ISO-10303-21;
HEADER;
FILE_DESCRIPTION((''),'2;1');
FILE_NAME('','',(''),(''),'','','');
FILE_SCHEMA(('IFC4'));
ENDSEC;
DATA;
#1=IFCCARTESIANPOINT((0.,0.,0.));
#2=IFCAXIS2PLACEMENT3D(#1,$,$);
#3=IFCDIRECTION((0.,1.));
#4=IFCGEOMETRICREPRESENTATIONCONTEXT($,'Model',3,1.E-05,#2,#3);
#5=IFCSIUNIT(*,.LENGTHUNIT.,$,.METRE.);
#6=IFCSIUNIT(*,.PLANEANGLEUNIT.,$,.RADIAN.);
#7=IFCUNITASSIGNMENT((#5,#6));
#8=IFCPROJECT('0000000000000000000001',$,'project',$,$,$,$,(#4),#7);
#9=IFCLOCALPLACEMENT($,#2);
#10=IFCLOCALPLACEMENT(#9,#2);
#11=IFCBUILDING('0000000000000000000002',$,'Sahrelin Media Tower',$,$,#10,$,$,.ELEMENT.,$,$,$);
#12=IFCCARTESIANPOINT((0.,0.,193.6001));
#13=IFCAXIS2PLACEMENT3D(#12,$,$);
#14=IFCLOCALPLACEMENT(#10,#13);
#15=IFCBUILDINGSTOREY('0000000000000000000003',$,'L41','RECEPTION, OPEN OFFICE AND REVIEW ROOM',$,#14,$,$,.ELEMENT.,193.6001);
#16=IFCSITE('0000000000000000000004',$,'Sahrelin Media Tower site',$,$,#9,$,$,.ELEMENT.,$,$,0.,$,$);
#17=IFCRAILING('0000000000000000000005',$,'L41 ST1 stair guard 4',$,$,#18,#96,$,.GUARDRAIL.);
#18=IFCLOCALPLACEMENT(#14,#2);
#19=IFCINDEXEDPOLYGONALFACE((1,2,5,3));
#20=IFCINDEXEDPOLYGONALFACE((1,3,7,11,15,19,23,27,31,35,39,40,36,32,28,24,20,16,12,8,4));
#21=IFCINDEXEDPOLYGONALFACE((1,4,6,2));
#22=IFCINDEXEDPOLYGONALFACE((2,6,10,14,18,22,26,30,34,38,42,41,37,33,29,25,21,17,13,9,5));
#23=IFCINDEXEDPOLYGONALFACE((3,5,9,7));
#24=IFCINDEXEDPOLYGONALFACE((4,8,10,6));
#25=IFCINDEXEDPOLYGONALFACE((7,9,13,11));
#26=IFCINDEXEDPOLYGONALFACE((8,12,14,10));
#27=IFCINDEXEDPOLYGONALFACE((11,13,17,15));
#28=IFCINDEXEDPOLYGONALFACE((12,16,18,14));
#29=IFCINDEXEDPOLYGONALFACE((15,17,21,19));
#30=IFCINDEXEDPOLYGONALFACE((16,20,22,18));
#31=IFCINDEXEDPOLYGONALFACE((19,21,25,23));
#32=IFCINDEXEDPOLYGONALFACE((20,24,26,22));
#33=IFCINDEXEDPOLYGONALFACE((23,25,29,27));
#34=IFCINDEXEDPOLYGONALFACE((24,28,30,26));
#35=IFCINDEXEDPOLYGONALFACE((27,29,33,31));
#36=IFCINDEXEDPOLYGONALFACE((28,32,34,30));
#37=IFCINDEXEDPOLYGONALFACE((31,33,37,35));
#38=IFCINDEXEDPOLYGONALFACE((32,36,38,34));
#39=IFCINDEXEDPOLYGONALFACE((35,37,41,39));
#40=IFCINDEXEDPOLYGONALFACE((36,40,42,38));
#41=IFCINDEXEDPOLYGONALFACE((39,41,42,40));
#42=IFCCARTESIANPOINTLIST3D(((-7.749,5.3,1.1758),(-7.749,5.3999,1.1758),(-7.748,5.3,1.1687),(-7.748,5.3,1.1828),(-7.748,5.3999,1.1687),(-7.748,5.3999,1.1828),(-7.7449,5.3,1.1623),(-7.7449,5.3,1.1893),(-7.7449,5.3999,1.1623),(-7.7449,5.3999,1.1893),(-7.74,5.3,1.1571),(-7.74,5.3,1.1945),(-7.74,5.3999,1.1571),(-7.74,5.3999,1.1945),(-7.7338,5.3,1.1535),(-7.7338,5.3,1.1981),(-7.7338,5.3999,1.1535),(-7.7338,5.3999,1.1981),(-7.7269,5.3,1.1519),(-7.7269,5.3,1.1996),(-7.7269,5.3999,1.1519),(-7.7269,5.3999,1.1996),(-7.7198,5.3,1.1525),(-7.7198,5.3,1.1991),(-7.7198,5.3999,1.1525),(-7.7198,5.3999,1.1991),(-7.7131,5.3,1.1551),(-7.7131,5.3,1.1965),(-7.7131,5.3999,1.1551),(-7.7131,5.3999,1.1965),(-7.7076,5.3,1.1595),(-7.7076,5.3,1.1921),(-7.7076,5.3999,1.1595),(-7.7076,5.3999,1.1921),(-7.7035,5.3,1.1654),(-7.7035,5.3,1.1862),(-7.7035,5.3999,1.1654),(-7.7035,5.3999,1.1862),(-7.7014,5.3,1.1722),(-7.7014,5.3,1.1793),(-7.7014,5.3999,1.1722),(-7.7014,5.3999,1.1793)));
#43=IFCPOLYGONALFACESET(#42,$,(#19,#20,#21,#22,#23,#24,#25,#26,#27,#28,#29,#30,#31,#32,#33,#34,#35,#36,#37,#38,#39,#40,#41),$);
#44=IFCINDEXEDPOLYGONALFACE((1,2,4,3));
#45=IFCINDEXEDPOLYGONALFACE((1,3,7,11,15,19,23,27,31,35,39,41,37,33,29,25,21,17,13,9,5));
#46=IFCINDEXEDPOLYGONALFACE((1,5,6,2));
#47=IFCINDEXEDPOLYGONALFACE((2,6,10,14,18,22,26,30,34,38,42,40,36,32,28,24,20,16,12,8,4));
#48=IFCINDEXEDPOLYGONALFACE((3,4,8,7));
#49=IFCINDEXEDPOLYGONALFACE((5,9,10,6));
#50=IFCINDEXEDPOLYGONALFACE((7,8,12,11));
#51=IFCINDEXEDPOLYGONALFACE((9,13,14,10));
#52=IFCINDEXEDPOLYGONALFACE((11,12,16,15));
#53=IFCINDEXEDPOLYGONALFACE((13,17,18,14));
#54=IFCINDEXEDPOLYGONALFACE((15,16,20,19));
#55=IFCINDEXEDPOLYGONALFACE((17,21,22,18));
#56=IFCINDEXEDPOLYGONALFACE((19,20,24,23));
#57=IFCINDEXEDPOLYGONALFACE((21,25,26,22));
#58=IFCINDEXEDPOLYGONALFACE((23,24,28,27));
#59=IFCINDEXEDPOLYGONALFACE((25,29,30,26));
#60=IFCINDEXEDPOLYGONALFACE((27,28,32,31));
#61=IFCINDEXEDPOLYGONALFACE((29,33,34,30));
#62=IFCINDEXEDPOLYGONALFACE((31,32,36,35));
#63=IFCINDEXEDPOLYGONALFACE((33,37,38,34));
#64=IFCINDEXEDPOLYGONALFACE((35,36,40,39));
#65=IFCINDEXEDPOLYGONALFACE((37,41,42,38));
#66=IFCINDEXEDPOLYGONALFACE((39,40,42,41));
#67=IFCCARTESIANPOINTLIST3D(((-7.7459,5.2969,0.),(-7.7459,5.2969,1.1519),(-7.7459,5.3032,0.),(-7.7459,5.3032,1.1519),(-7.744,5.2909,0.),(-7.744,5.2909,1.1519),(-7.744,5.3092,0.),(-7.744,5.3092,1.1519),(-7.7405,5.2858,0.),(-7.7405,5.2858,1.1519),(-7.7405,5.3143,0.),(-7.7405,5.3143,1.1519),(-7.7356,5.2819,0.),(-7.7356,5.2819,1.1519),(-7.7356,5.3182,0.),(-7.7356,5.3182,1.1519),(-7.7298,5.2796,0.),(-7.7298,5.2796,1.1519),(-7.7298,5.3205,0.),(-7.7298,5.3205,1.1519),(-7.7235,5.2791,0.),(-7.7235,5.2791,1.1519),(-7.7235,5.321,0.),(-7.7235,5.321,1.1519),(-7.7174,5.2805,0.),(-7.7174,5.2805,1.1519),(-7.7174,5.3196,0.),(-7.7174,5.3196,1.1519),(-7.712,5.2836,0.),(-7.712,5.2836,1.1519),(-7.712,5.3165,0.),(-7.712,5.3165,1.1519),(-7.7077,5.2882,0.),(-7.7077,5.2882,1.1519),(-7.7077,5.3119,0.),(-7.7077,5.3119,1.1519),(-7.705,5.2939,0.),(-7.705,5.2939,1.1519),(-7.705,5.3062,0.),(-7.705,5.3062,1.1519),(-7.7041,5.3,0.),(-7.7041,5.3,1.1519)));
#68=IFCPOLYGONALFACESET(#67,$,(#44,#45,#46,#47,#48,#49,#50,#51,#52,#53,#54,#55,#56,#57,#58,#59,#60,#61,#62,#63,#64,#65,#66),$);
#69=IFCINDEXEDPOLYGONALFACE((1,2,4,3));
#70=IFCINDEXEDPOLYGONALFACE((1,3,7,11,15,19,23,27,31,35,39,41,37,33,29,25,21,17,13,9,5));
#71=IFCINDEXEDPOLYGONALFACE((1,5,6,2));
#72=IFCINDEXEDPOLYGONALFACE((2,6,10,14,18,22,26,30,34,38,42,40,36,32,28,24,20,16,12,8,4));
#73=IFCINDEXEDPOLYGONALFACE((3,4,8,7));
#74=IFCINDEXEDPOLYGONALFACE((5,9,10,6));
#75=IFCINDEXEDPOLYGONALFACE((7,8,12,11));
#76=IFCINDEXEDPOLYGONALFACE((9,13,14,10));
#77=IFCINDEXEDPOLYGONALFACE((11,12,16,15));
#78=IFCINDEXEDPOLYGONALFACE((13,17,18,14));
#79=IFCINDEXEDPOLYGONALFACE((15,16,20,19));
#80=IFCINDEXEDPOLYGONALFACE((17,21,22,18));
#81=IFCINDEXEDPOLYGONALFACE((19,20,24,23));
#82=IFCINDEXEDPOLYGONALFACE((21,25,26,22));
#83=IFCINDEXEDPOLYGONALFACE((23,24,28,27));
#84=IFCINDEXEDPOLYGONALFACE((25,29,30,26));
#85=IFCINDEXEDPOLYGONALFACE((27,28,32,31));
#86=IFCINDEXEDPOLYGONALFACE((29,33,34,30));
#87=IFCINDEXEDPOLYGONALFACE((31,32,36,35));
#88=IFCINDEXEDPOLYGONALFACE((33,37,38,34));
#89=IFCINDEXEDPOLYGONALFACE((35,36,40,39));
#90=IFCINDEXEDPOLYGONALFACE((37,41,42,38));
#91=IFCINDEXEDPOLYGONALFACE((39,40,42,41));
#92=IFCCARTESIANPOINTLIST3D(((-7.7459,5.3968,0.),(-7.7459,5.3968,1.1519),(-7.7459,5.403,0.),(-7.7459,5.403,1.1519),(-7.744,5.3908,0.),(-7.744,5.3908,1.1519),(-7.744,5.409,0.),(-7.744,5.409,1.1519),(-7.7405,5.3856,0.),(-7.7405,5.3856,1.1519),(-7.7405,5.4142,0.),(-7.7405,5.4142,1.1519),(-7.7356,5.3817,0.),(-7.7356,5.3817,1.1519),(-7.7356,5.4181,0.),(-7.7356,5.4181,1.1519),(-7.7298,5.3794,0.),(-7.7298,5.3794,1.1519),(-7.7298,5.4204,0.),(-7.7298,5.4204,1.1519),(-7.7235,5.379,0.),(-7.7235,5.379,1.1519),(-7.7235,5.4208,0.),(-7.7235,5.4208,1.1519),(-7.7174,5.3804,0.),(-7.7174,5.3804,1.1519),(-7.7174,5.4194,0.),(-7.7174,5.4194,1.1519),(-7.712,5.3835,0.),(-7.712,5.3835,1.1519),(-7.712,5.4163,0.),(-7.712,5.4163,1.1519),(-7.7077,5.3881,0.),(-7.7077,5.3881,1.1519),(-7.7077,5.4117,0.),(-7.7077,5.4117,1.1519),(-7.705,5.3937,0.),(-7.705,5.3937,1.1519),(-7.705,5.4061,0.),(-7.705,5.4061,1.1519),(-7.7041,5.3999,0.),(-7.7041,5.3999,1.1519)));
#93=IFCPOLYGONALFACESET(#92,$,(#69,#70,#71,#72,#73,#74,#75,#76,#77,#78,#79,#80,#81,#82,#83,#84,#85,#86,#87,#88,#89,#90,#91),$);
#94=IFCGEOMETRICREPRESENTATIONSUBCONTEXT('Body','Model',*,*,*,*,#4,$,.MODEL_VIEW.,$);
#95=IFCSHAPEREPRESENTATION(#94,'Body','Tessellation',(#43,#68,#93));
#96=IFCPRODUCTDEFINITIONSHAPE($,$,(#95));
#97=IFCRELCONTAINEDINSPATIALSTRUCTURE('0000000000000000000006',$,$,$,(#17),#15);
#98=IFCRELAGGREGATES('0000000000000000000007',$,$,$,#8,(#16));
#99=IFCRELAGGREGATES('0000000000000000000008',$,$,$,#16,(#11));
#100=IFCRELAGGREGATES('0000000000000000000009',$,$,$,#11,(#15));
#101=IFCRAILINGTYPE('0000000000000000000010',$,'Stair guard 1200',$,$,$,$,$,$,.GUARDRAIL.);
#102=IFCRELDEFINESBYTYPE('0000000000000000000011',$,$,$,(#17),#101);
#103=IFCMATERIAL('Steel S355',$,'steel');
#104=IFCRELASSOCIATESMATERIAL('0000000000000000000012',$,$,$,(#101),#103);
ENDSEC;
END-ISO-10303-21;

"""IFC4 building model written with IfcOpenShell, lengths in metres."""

from ifc_helpers import new_model, si_unit, direction, frame, origin, origin_2d, place, context, subcontext, project, spatial, circle, extrude, material, type_object, element, save


model = new_model("IFC4")

# Units and contexts
model_context = context("Model", 3, precision=1e-05, world=origin(), true_north=direction((0.0, 1.0)))
body_context = subcontext(model_context, "Body", "Model", "MODEL_VIEW")
ifc_project = project(units=[si_unit("LENGTHUNIT", "METRE"), si_unit("PLANEANGLEUNIT", "RADIAN")], contexts=[model_context])

# Site, building, storey
site_placement = place(None, origin())
site = spatial("IfcSite", under=ifc_project, at=site_placement, Name="Sahrelin Media Tower site", CompositionType="ELEMENT", RefElevation=0.0)
building_placement = place(site_placement, origin())
building = spatial("IfcBuilding", under=site, at=building_placement, Name="Sahrelin Media Tower", CompositionType="ELEMENT")
storey_placement = place(building_placement, frame((0.0, 0.0, 193.6001)))
storey = spatial("IfcBuildingStorey", under=building, at=storey_placement, Name="L41", Description="RECEPTION, OPEN OFFICE AND REVIEW ROOM", CompositionType="ELEMENT", Elevation=193.6001)

# Shared definitions
ifc_material_1 = material(Name="Steel S355", Category="steel")

# Railing
railing_type_1 = type_object("IfcRailingType", Name="Stair guard 1200", PredefinedType="GUARDRAIL", material=ifc_material_1)
railing_1_placement = place(storey_placement, frame((-7.7251, 5.3, 0.0)))
element("IfcRailing", 1, at=railing_1_placement, inside=storey, type_object=railing_type_1, Name="L41 ST1 stair guard 4", PredefinedType="GUARDRAIL", context=body_context, shape_type="SweptSolid", body=[
    extrude(circle(Radius=0.0239, at=origin_2d()), frame((0.0, 0.0, 1.1758), z_axis=(0.0, 1.0, 0.0), x_axis=(-1.0, 0.0, 0.0)), (0.0, 0.0, 1.0), 0.0999),
    extrude(circle(Radius=0.021, at=origin_2d()), origin(), (0.0, 0.0, 1.0), 1.1519),
    extrude(circle(Radius=0.021, at=origin_2d()), frame((0.0, 0.0999, 0.0)), (0.0, 0.0, 1.0), 1.1519),
])

save(model, "model.ifc")
